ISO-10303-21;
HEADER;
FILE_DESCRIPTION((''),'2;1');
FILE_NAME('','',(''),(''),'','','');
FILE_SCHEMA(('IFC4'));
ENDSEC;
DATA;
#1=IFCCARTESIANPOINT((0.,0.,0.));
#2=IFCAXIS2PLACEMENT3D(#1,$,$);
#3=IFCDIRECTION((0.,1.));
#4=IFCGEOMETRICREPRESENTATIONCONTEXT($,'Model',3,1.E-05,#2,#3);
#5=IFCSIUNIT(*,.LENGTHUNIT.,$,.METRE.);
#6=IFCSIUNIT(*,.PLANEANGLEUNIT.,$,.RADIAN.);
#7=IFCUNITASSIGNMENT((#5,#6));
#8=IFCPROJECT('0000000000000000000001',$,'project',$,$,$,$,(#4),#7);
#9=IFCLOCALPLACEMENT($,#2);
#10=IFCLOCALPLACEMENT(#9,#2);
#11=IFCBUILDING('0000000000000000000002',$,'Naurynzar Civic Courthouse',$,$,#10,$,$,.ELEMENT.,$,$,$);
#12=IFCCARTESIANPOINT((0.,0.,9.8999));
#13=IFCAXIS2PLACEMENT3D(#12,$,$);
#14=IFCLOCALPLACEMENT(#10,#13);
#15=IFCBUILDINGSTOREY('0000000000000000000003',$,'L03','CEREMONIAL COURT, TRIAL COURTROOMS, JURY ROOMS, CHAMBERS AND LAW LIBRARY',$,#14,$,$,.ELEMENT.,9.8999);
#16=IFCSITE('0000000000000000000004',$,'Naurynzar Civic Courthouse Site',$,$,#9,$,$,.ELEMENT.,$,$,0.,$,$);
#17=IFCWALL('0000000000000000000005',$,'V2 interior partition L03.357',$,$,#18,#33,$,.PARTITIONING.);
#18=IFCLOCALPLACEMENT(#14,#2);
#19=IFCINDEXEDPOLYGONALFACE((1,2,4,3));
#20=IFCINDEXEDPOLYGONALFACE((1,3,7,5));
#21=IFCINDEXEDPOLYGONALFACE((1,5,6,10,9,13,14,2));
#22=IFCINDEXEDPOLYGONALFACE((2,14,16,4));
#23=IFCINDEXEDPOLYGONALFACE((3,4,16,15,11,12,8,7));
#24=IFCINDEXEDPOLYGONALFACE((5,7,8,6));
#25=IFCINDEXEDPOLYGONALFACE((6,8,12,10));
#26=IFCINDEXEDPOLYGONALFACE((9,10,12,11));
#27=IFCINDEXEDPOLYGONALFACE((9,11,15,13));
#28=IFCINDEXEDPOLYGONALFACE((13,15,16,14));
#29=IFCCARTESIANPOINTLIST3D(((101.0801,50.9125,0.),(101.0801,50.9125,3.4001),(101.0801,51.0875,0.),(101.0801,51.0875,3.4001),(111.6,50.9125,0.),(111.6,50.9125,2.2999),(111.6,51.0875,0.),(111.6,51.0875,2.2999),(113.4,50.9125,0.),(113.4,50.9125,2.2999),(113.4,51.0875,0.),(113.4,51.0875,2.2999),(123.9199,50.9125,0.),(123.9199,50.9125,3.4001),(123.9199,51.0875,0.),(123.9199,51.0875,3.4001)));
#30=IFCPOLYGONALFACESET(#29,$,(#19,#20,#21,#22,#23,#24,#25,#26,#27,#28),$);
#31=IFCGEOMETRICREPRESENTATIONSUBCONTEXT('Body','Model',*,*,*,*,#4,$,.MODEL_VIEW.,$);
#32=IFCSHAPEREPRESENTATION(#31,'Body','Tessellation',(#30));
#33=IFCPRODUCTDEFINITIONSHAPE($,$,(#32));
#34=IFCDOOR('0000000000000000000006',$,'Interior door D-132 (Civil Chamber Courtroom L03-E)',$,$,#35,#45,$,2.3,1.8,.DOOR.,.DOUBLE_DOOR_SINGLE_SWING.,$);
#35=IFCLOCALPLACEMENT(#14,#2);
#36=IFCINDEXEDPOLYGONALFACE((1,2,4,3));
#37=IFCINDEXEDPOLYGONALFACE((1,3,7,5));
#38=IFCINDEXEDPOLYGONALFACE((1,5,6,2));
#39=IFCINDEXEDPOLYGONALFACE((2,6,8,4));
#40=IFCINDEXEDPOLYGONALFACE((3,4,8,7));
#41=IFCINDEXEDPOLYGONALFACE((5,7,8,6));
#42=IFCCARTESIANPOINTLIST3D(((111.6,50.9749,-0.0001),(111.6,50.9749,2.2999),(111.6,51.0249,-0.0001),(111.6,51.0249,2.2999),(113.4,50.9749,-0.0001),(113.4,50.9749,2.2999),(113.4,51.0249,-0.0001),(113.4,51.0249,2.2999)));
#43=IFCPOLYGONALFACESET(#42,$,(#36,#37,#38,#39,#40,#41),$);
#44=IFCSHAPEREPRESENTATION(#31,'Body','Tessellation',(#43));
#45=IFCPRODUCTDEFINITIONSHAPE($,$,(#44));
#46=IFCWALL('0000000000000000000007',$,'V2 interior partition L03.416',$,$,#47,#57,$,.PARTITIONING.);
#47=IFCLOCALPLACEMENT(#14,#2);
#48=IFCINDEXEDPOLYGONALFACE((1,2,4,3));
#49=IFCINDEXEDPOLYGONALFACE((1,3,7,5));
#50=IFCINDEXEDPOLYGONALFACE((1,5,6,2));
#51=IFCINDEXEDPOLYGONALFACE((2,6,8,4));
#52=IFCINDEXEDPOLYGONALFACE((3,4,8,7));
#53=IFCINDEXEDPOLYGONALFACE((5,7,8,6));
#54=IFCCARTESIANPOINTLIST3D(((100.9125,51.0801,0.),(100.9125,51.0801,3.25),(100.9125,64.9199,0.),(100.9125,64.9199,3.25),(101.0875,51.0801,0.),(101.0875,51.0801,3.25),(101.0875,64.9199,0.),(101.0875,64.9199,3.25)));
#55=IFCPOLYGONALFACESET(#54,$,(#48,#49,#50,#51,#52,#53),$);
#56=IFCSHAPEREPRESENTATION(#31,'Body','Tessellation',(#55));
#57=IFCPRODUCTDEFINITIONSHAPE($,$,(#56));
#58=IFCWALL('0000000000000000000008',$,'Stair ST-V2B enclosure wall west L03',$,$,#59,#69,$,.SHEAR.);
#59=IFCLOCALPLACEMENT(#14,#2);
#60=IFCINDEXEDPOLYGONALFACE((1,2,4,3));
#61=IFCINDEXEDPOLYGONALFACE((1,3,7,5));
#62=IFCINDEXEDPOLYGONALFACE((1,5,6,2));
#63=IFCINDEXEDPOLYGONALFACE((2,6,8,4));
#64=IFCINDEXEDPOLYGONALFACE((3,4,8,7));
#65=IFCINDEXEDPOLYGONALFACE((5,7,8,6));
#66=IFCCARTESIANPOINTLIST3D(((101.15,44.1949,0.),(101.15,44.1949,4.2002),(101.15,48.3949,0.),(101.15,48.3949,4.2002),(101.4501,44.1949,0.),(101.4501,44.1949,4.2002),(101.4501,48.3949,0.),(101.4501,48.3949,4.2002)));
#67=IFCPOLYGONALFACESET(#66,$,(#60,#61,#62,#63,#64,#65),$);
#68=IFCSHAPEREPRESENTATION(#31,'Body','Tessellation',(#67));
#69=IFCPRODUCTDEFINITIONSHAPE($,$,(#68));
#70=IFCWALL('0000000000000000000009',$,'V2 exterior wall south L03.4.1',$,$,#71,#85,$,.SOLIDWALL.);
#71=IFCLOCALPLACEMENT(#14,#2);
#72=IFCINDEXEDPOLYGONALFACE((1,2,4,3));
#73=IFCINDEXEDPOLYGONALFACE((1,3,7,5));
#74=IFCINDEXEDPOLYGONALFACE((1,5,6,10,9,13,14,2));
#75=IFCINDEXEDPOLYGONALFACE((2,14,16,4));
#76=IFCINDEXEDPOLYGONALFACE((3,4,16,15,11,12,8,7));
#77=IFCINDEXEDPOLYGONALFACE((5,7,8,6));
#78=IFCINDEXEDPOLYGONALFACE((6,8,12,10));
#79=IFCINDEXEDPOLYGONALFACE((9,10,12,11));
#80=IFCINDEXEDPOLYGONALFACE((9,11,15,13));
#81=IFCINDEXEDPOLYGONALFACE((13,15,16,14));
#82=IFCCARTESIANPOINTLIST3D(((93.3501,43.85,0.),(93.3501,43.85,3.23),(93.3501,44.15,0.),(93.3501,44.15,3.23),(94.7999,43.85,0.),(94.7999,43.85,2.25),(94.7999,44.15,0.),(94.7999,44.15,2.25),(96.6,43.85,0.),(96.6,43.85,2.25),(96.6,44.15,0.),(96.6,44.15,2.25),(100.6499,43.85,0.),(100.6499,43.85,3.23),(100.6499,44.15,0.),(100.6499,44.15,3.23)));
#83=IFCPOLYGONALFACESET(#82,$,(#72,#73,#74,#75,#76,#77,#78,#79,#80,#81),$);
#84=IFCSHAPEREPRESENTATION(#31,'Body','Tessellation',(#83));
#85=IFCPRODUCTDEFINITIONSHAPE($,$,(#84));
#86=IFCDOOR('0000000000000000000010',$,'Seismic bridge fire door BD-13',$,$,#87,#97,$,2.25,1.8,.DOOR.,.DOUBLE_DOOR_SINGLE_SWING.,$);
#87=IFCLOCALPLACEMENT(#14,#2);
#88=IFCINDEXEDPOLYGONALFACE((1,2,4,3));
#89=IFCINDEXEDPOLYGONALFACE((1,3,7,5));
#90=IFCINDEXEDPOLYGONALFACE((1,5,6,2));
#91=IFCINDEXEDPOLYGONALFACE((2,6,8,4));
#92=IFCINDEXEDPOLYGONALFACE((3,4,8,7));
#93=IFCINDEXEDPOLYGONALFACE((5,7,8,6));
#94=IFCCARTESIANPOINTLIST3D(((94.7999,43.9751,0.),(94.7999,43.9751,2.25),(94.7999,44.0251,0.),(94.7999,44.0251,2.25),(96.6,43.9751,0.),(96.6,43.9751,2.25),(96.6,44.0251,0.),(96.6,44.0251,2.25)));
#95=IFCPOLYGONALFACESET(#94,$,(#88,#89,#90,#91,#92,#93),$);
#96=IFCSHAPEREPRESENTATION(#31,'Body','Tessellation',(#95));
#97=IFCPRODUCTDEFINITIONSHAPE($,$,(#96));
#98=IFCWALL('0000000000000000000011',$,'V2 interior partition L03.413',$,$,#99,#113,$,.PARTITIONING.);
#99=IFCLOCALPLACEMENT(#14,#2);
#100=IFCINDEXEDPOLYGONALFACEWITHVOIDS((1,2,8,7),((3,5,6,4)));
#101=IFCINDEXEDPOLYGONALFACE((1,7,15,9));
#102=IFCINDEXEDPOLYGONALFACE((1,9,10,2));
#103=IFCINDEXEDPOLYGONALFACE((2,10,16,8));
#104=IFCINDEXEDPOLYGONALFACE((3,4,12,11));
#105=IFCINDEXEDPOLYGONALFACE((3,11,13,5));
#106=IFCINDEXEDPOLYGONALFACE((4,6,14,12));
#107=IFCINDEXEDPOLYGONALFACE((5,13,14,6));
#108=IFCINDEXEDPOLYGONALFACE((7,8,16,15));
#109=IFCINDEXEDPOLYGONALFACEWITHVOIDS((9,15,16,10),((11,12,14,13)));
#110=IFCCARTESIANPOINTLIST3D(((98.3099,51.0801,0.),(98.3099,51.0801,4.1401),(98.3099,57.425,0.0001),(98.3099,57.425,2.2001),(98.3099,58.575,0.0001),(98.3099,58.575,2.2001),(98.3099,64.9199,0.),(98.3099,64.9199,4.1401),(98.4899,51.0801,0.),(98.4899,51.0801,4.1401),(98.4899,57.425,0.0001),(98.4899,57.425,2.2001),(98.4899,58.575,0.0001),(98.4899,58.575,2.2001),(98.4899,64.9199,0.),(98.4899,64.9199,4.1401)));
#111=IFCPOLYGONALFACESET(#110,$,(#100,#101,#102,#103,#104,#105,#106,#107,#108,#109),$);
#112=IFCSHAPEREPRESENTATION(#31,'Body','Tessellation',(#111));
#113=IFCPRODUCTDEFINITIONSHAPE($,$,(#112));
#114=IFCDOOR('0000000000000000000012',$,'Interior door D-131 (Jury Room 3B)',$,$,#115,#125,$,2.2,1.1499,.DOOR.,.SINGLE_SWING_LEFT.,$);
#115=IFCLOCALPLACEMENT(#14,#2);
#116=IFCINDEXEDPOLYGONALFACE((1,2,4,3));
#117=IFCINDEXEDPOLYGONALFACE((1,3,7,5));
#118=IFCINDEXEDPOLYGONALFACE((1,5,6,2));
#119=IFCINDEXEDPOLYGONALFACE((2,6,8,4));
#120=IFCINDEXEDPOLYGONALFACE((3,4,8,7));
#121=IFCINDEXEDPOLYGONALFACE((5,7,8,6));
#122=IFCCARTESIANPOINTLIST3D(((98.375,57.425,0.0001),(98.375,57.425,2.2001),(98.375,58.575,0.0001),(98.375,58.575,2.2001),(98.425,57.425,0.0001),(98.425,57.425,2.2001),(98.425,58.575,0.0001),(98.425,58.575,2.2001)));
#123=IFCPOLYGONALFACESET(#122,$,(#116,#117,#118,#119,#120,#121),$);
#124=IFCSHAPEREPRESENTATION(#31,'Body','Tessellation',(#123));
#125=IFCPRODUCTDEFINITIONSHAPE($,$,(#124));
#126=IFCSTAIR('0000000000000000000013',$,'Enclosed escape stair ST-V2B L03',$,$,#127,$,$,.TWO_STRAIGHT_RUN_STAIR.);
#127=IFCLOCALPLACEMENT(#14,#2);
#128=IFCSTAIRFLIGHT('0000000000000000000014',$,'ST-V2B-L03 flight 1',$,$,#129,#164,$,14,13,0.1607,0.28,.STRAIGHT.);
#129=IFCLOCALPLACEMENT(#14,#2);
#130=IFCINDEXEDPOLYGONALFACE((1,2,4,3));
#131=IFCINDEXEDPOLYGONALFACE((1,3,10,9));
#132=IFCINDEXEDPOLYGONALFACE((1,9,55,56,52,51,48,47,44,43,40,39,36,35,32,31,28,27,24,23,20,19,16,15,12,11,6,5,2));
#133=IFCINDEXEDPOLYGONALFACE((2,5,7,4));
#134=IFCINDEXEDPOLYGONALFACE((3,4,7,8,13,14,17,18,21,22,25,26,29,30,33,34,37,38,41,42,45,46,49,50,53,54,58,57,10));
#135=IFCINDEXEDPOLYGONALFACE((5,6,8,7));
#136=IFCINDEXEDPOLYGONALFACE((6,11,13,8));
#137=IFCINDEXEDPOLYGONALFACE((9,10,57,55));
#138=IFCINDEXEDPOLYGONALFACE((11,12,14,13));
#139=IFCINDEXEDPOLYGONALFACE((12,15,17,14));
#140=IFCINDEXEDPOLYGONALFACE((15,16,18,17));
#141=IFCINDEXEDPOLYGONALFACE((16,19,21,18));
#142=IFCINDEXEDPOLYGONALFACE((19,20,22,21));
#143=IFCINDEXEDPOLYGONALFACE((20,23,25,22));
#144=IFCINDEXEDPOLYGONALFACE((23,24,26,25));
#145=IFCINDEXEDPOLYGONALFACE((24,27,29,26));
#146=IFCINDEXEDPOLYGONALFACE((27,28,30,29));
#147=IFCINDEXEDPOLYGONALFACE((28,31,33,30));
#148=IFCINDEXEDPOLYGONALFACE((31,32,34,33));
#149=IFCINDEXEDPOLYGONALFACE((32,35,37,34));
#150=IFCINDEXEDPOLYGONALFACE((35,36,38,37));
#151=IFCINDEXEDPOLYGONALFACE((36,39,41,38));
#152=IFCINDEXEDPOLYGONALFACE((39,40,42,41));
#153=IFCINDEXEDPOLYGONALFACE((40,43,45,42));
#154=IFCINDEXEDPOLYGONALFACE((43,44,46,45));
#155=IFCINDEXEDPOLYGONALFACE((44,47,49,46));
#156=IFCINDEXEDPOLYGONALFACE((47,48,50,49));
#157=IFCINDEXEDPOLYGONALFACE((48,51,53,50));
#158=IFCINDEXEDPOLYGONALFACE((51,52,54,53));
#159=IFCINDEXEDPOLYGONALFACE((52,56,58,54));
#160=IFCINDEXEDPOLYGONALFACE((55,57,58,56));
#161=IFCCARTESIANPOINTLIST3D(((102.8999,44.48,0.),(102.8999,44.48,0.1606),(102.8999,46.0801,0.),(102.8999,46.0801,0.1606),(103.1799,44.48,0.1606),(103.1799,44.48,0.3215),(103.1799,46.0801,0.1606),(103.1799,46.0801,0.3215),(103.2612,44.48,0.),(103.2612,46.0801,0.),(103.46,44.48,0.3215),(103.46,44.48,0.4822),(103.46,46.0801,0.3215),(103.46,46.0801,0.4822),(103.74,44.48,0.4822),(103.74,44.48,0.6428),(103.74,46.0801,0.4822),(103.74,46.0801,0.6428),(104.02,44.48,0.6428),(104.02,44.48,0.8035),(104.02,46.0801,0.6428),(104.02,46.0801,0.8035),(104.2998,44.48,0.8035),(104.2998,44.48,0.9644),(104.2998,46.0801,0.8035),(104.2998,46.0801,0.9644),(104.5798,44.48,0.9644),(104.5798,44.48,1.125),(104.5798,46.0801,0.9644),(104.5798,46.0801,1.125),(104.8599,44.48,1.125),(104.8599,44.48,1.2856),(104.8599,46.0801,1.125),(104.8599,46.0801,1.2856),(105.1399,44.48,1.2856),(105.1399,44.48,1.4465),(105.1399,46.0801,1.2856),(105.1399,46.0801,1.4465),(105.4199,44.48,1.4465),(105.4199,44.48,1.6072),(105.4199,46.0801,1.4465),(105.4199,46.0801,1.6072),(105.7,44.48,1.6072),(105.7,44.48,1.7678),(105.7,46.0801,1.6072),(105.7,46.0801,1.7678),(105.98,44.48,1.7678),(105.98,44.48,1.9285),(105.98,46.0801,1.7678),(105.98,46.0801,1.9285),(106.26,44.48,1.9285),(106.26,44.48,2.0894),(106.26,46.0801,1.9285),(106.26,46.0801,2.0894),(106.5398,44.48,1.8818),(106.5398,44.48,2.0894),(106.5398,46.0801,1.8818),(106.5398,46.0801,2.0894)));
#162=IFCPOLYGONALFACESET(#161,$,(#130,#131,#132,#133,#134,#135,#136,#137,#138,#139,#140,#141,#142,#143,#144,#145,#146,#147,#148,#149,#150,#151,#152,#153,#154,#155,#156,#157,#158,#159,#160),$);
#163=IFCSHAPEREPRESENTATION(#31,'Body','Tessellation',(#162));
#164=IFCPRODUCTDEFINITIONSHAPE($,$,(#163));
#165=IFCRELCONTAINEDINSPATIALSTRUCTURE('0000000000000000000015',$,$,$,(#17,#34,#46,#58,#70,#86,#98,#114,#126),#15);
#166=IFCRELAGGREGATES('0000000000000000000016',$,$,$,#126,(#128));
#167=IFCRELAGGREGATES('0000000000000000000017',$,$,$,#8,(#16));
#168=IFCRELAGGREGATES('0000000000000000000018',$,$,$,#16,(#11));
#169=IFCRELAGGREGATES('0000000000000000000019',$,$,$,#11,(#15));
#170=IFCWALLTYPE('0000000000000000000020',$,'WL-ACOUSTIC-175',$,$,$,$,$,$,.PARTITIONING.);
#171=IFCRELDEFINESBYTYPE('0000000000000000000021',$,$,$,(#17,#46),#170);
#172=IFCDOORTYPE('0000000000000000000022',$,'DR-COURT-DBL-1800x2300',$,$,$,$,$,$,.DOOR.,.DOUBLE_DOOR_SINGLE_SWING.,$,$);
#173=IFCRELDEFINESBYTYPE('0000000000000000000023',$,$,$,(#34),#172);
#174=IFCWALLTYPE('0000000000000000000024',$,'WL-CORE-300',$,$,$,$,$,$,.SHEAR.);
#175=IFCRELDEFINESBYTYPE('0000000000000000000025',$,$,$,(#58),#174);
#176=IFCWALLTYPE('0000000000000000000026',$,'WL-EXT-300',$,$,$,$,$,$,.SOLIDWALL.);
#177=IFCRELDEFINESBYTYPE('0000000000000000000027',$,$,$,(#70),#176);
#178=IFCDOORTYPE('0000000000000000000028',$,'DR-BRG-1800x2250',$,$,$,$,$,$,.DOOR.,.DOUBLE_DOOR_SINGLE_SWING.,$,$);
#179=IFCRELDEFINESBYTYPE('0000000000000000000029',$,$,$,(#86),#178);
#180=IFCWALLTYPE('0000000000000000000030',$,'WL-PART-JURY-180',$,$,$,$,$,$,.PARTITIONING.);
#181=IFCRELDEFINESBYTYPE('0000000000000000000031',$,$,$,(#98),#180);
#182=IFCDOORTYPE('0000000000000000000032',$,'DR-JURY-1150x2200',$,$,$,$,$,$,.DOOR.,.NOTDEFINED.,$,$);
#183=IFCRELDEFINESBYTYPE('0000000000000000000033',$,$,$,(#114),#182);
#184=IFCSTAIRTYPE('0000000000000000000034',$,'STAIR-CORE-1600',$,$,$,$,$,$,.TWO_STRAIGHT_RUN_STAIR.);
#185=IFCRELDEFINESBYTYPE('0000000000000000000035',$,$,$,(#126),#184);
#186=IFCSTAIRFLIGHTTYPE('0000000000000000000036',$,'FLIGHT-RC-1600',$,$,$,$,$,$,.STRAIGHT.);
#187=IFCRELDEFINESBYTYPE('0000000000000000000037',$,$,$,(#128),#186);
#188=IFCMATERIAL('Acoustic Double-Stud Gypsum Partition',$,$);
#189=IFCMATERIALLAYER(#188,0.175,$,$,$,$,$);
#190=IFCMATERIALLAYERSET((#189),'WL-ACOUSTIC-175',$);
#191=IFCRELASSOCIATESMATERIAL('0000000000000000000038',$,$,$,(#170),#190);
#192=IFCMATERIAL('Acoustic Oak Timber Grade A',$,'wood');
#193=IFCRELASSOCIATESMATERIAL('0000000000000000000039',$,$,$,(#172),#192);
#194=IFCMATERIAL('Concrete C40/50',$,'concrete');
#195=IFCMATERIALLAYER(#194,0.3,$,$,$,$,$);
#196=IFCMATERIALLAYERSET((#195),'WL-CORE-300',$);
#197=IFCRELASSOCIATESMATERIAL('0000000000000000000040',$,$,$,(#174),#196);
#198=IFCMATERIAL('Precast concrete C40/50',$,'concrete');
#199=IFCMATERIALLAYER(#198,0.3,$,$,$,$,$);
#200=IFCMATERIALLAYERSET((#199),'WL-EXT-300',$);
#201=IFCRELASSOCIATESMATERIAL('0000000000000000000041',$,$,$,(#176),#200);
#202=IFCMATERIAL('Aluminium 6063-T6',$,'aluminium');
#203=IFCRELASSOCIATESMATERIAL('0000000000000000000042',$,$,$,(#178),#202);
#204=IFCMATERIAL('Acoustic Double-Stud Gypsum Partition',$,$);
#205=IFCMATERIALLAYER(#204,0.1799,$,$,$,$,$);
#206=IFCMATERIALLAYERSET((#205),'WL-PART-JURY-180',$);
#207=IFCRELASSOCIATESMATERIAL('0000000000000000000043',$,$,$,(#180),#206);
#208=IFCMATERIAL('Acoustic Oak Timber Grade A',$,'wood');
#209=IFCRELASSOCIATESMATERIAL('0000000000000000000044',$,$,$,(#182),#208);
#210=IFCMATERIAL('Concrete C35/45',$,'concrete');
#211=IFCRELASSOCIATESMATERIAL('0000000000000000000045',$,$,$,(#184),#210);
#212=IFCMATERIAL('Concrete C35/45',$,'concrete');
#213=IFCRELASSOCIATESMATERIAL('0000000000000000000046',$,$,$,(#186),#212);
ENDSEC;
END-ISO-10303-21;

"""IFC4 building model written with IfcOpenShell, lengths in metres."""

from ifc_helpers import new_model, si_unit, direction, frame, frame_2d, origin, place, context, subcontext, project, spatial, polyline, rectangle, outline, extrude, material, layer, layer_set, type_object, element, fill, aggregate, save


model = new_model("IFC4")

# Units and contexts
model_context = context("Model", 3, precision=1e-05, world=origin(), true_north=direction((0.0, 1.0)))
body_context = subcontext(model_context, "Body", "Model", "MODEL_VIEW")
ifc_project = project(units=[si_unit("LENGTHUNIT", "METRE"), si_unit("PLANEANGLEUNIT", "RADIAN")], contexts=[model_context])

# Site, building, storey
site_placement = place(None, origin())
site = spatial("IfcSite", under=ifc_project, at=site_placement, Name="Naurynzar Civic Courthouse Site", CompositionType="ELEMENT", RefElevation=0.0)
building_placement = place(site_placement, origin())
building = spatial("IfcBuilding", under=site, at=building_placement, Name="Naurynzar Civic Courthouse", CompositionType="ELEMENT")
storey_placement = place(building_placement, frame((0.0, 0.0, 9.8999)))
storey = spatial("IfcBuildingStorey", under=building, at=storey_placement, Name="L03", Description="CEREMONIAL COURT, TRIAL COURTROOMS, JURY ROOMS, CHAMBERS AND LAW LIBRARY", CompositionType="ELEMENT", Elevation=9.8999)

# Wall, opening, door
ifc_material_1 = material(Name="Acoustic Double-Stud Gypsum Partition")
ifc_layer_1 = layer(ifc_material_1, 0.175)
ifc_layer_set_1 = layer_set([ifc_layer_1], Name="WL-ACOUSTIC-175")
wall_type_1 = type_object("IfcWallType", Name="WL-ACOUSTIC-175", PredefinedType="PARTITIONING", material=ifc_layer_set_1)
wall_1_placement = place(storey_placement, frame((101.0801, 51.0, 0.0), z_axis=(0.0, 0.0, 1.0), x_axis=(1.0, 0.0, 0.0)))
wall_1 = element("IfcWall", 1, at=wall_1_placement, inside=storey, type_object=wall_type_1, Name="V2 interior partition L03.357", PredefinedType="PARTITIONING", context=body_context, shape_type="SweptSolid", body=[
    extrude(rectangle(XDim=22.8398, YDim=0.175, at=frame_2d((11.4199, 0.0))), origin(), (0.0, 0.0, 1.0), 3.4001),
])
opening_1_placement = place(wall_1_placement, frame((10.52, 0.0, 0.0)))
opening_1 = element("IfcOpeningElement", 2, at=opening_1_placement, cuts=wall_1, PredefinedType="OPENING", context=body_context, shape_type="SweptSolid", body=[
    extrude(rectangle(XDim=1.8, YDim=2.3, at=frame_2d((0.8999, 1.1499))), frame((0.0, 0.0974, 0.0), z_axis=(0.0, -1.0, 0.0), x_axis=(1.0, 0.0, 0.0)), (0.0, 0.0, 1.0), 0.1951),
])
ifc_material_2 = material(Name="Acoustic Oak Timber Grade A", Category="wood")
door_type_1 = type_object("IfcDoorType", Name="DR-COURT-DBL-1800x2300", OperationType="DOUBLE_DOOR_SINGLE_SWING", PredefinedType="DOOR", material=ifc_material_2)
door_1_placement = place(opening_1_placement, origin())
door_1 = element("IfcDoor", 3, at=door_1_placement, inside=storey, type_object=door_type_1, Name="Interior door D-132 (Civil Chamber Courtroom L03-E)", OperationType="DOUBLE_DOOR_SINGLE_SWING", OverallHeight=2.3, OverallWidth=1.8, PredefinedType="DOOR", context=body_context, shape_type="SweptSolid", body=[
    extrude(rectangle(XDim=1.8, YDim=2.3, at=frame_2d((0.8999, 1.1499))), frame((0.0, 0.0249, 0.0), z_axis=(0.0, -1.0, 0.0), x_axis=(1.0, 0.0, 0.0)), (0.0, 0.0, 1.0), 0.05),
])
fill(opening_1, door_1)

# Walls
wall_2_placement = place(storey_placement, frame((101.0, 51.0801, 0.0), z_axis=(0.0, 0.0, 1.0), x_axis=(0.0, 1.0, 0.0)))
element("IfcWall", 4, at=wall_2_placement, inside=storey, type_object=wall_type_1, Name="V2 interior partition L03.416", PredefinedType="PARTITIONING", context=body_context, shape_type="SweptSolid", body=[
    extrude(rectangle(XDim=13.8398, YDim=0.175, at=frame_2d((6.9199, 0.0))), origin(), (0.0, 0.0, 1.0), 3.25),
])
ifc_material_3 = material(Name="Concrete C40/50", Category="concrete")
ifc_layer_2 = layer(ifc_material_3, 0.3)
ifc_layer_set_2 = layer_set([ifc_layer_2], Name="WL-CORE-300")
wall_type_2 = type_object("IfcWallType", Name="WL-CORE-300", PredefinedType="SHEAR", material=ifc_layer_set_2)
wall_3_placement = place(storey_placement, frame((101.3, 48.395, 0.0), z_axis=(0.0, 0.0, 1.0), x_axis=(0.0, -1.0, 0.0)))
element("IfcWall", 5, at=wall_3_placement, inside=storey, type_object=wall_type_2, Name="Stair ST-V2B enclosure wall west L03", PredefinedType="SHEAR", context=body_context, shape_type="SweptSolid", body=[
    extrude(rectangle(XDim=4.2, YDim=0.3, at=frame_2d((2.1001, 0.0))), origin(), (0.0, 0.0, 1.0), 4.2002),
])

# Walls, openings, doors
ifc_material_4 = material(Name="Precast concrete C40/50", Category="concrete")
ifc_layer_3 = layer(ifc_material_4, 0.3)
ifc_layer_set_3 = layer_set([ifc_layer_3], Name="WL-EXT-300")
wall_type_3 = type_object("IfcWallType", Name="WL-EXT-300", PredefinedType="SOLIDWALL", material=ifc_layer_set_3)
wall_4_placement = place(storey_placement, frame((100.6499, 44.0, 0.0), z_axis=(0.0, 0.0, 1.0), x_axis=(-1.0, 0.0, 0.0)))
wall_4 = element("IfcWall", 6, at=wall_4_placement, inside=storey, type_object=wall_type_3, Name="V2 exterior wall south L03.4.1", PredefinedType="SOLIDWALL", context=body_context, shape_type="SweptSolid", body=[
    extrude(rectangle(XDim=7.2998, YDim=0.3, at=frame_2d((3.6499, 0.0))), origin(), (0.0, 0.0, 1.0), 3.23),
])
opening_2_placement = place(wall_4_placement, frame((4.05, 0.0, 0.0)))
opening_2 = element("IfcOpeningElement", 7, at=opening_2_placement, cuts=wall_4, PredefinedType="OPENING", context=body_context, shape_type="SweptSolid", body=[
    extrude(rectangle(XDim=1.8, YDim=2.25, at=frame_2d((0.8999, 1.125))), frame((0.0, 0.1599, 0.0), z_axis=(0.0, -1.0, 0.0), x_axis=(1.0, 0.0, 0.0)), (0.0, 0.0, 1.0), 0.3201),
])
ifc_material_5 = material(Name="Aluminium 6063-T6", Category="aluminium")
door_type_2 = type_object("IfcDoorType", Name="DR-BRG-1800x2250", OperationType="DOUBLE_DOOR_SINGLE_SWING", PredefinedType="DOOR", material=ifc_material_5)
door_2_placement = place(opening_2_placement, origin())
door_2 = element("IfcDoor", 8, at=door_2_placement, inside=storey, type_object=door_type_2, Name="Seismic bridge fire door BD-13", OperationType="DOUBLE_DOOR_SINGLE_SWING", OverallHeight=2.25, OverallWidth=1.8, PredefinedType="DOOR", context=body_context, shape_type="SweptSolid", body=[
    extrude(rectangle(XDim=1.8, YDim=2.25, at=frame_2d((0.8999, 1.125))), frame((0.0, 0.0249, 0.0), z_axis=(0.0, -1.0, 0.0), x_axis=(1.0, 0.0, 0.0)), (0.0, 0.0, 1.0), 0.05),
])
fill(opening_2, door_2)
ifc_material_6 = material(Name="Acoustic Double-Stud Gypsum Partition")
ifc_layer_4 = layer(ifc_material_6, 0.1799)
ifc_layer_set_4 = layer_set([ifc_layer_4], Name="WL-PART-JURY-180")
wall_type_4 = type_object("IfcWallType", Name="WL-PART-JURY-180", PredefinedType="PARTITIONING", material=ifc_layer_set_4)
wall_5_placement = place(storey_placement, frame((98.3999, 51.0801, 0.0), z_axis=(0.0, 0.0, 1.0), x_axis=(0.0, 1.0, 0.0)))
wall_5 = element("IfcWall", 9, at=wall_5_placement, inside=storey, type_object=wall_type_4, Name="V2 interior partition L03.413", PredefinedType="PARTITIONING", context=body_context, shape_type="SweptSolid", body=[
    extrude(rectangle(XDim=13.8398, YDim=0.1799, at=frame_2d((6.9199, 0.0))), origin(), (0.0, 0.0, 1.0), 4.1401),
])
opening_3_placement = place(wall_5_placement, frame((6.345, 0.0, 0.0)))
opening_3 = element("IfcOpeningElement", 10, at=opening_3_placement, cuts=wall_5, PredefinedType="OPENING", context=body_context, shape_type="SweptSolid", body=[
    extrude(rectangle(XDim=1.1499, YDim=2.2, at=frame_2d((0.575, 1.1001))), frame((0.0, 0.0999, 0.0), z_axis=(0.0, -1.0, 0.0), x_axis=(1.0, 0.0, 0.0)), (0.0, 0.0, 1.0), 0.2),
])
ifc_material_7 = material(Name="Acoustic Oak Timber Grade A", Category="wood")
door_type_3 = type_object("IfcDoorType", Name="DR-JURY-1150x2200", OperationType="NOTDEFINED", PredefinedType="DOOR", material=ifc_material_7)
door_3_placement = place(opening_3_placement, origin())
door_3 = element("IfcDoor", 11, at=door_3_placement, inside=storey, type_object=door_type_3, Name="Interior door D-131 (Jury Room 3B)", OperationType="SINGLE_SWING_LEFT", OverallHeight=2.2, OverallWidth=1.1499, PredefinedType="DOOR", context=body_context, shape_type="SweptSolid", body=[
    extrude(rectangle(XDim=1.1499, YDim=2.2, at=frame_2d((0.575, 1.1001))), frame((0.0, 0.0249, 0.0), z_axis=(0.0, -1.0, 0.0), x_axis=(1.0, 0.0, 0.0)), (0.0, 0.0, 1.0), 0.05),
])
fill(opening_3, door_3)

# Stair, stair flight
ifc_material_8 = material(Name="Concrete C35/45", Category="concrete")
stair_type = type_object("IfcStairType", Name="STAIR-CORE-1600", PredefinedType="TWO_STRAIGHT_RUN_STAIR", material=ifc_material_8)
stair_placement = place(storey_placement, origin())
stair = element("IfcStair", 12, at=stair_placement, inside=storey, type_object=stair_type, Name="Enclosed escape stair ST-V2B L03", PredefinedType="TWO_STRAIGHT_RUN_STAIR")
ifc_material_9 = material(Name="Concrete C35/45", Category="concrete")
stair_flight_type = type_object("IfcStairFlightType", Name="FLIGHT-RC-1600", PredefinedType="STRAIGHT", material=ifc_material_9)
stair_flight_placement = place(storey_placement, frame((102.8999, 45.28, 0.0), z_axis=(0.0, 0.0, 1.0), x_axis=(1.0, 0.0, 0.0)))
stair_flight = element("IfcStairFlight", 13, at=stair_flight_placement, type_object=stair_flight_type, Name="ST-V2B-L03 flight 1", NumberOfRisers=14, NumberOfTreads=13, PredefinedType="STRAIGHT", RiserHeight=0.1607, TreadLength=0.28, context=body_context, shape_type="SweptSolid", body=[
    extrude(outline(polyline([(0.0, 0.0), (0.0, 0.1606), (0.28, 0.1606), (0.28, 0.3215), (0.5601, 0.3215), (0.5601, 0.4822), (0.8401, 0.4822), (0.8401, 0.6428), (1.1201, 0.6428), (1.1201, 0.8035), (1.3999, 0.8035), (1.3999, 0.9644), (1.6799, 0.9644), (1.6799, 1.125), (1.96, 1.125), (1.96, 1.2856), (2.24, 1.2856), (2.24, 1.4465), (2.52, 1.4465), (2.52, 1.6072), (2.8, 1.6072), (2.8, 1.7678), (3.0801, 1.7678), (3.0801, 1.9285), (3.3601, 1.9285), (3.3601, 2.0894), (3.6399, 2.0894), (3.6399, 2.25), (3.6399, 1.8818), (0.3613, 0.0), (0.0, 0.0)])), frame((0.0, 0.8, 0.0), z_axis=(0.0, -1.0, 0.0), x_axis=(1.0, 0.0, 0.0)), (0.0, 0.0, 1.0), 1.6001),
])
aggregate(stair, [stair_flight])

save(model, "model.ifc")
